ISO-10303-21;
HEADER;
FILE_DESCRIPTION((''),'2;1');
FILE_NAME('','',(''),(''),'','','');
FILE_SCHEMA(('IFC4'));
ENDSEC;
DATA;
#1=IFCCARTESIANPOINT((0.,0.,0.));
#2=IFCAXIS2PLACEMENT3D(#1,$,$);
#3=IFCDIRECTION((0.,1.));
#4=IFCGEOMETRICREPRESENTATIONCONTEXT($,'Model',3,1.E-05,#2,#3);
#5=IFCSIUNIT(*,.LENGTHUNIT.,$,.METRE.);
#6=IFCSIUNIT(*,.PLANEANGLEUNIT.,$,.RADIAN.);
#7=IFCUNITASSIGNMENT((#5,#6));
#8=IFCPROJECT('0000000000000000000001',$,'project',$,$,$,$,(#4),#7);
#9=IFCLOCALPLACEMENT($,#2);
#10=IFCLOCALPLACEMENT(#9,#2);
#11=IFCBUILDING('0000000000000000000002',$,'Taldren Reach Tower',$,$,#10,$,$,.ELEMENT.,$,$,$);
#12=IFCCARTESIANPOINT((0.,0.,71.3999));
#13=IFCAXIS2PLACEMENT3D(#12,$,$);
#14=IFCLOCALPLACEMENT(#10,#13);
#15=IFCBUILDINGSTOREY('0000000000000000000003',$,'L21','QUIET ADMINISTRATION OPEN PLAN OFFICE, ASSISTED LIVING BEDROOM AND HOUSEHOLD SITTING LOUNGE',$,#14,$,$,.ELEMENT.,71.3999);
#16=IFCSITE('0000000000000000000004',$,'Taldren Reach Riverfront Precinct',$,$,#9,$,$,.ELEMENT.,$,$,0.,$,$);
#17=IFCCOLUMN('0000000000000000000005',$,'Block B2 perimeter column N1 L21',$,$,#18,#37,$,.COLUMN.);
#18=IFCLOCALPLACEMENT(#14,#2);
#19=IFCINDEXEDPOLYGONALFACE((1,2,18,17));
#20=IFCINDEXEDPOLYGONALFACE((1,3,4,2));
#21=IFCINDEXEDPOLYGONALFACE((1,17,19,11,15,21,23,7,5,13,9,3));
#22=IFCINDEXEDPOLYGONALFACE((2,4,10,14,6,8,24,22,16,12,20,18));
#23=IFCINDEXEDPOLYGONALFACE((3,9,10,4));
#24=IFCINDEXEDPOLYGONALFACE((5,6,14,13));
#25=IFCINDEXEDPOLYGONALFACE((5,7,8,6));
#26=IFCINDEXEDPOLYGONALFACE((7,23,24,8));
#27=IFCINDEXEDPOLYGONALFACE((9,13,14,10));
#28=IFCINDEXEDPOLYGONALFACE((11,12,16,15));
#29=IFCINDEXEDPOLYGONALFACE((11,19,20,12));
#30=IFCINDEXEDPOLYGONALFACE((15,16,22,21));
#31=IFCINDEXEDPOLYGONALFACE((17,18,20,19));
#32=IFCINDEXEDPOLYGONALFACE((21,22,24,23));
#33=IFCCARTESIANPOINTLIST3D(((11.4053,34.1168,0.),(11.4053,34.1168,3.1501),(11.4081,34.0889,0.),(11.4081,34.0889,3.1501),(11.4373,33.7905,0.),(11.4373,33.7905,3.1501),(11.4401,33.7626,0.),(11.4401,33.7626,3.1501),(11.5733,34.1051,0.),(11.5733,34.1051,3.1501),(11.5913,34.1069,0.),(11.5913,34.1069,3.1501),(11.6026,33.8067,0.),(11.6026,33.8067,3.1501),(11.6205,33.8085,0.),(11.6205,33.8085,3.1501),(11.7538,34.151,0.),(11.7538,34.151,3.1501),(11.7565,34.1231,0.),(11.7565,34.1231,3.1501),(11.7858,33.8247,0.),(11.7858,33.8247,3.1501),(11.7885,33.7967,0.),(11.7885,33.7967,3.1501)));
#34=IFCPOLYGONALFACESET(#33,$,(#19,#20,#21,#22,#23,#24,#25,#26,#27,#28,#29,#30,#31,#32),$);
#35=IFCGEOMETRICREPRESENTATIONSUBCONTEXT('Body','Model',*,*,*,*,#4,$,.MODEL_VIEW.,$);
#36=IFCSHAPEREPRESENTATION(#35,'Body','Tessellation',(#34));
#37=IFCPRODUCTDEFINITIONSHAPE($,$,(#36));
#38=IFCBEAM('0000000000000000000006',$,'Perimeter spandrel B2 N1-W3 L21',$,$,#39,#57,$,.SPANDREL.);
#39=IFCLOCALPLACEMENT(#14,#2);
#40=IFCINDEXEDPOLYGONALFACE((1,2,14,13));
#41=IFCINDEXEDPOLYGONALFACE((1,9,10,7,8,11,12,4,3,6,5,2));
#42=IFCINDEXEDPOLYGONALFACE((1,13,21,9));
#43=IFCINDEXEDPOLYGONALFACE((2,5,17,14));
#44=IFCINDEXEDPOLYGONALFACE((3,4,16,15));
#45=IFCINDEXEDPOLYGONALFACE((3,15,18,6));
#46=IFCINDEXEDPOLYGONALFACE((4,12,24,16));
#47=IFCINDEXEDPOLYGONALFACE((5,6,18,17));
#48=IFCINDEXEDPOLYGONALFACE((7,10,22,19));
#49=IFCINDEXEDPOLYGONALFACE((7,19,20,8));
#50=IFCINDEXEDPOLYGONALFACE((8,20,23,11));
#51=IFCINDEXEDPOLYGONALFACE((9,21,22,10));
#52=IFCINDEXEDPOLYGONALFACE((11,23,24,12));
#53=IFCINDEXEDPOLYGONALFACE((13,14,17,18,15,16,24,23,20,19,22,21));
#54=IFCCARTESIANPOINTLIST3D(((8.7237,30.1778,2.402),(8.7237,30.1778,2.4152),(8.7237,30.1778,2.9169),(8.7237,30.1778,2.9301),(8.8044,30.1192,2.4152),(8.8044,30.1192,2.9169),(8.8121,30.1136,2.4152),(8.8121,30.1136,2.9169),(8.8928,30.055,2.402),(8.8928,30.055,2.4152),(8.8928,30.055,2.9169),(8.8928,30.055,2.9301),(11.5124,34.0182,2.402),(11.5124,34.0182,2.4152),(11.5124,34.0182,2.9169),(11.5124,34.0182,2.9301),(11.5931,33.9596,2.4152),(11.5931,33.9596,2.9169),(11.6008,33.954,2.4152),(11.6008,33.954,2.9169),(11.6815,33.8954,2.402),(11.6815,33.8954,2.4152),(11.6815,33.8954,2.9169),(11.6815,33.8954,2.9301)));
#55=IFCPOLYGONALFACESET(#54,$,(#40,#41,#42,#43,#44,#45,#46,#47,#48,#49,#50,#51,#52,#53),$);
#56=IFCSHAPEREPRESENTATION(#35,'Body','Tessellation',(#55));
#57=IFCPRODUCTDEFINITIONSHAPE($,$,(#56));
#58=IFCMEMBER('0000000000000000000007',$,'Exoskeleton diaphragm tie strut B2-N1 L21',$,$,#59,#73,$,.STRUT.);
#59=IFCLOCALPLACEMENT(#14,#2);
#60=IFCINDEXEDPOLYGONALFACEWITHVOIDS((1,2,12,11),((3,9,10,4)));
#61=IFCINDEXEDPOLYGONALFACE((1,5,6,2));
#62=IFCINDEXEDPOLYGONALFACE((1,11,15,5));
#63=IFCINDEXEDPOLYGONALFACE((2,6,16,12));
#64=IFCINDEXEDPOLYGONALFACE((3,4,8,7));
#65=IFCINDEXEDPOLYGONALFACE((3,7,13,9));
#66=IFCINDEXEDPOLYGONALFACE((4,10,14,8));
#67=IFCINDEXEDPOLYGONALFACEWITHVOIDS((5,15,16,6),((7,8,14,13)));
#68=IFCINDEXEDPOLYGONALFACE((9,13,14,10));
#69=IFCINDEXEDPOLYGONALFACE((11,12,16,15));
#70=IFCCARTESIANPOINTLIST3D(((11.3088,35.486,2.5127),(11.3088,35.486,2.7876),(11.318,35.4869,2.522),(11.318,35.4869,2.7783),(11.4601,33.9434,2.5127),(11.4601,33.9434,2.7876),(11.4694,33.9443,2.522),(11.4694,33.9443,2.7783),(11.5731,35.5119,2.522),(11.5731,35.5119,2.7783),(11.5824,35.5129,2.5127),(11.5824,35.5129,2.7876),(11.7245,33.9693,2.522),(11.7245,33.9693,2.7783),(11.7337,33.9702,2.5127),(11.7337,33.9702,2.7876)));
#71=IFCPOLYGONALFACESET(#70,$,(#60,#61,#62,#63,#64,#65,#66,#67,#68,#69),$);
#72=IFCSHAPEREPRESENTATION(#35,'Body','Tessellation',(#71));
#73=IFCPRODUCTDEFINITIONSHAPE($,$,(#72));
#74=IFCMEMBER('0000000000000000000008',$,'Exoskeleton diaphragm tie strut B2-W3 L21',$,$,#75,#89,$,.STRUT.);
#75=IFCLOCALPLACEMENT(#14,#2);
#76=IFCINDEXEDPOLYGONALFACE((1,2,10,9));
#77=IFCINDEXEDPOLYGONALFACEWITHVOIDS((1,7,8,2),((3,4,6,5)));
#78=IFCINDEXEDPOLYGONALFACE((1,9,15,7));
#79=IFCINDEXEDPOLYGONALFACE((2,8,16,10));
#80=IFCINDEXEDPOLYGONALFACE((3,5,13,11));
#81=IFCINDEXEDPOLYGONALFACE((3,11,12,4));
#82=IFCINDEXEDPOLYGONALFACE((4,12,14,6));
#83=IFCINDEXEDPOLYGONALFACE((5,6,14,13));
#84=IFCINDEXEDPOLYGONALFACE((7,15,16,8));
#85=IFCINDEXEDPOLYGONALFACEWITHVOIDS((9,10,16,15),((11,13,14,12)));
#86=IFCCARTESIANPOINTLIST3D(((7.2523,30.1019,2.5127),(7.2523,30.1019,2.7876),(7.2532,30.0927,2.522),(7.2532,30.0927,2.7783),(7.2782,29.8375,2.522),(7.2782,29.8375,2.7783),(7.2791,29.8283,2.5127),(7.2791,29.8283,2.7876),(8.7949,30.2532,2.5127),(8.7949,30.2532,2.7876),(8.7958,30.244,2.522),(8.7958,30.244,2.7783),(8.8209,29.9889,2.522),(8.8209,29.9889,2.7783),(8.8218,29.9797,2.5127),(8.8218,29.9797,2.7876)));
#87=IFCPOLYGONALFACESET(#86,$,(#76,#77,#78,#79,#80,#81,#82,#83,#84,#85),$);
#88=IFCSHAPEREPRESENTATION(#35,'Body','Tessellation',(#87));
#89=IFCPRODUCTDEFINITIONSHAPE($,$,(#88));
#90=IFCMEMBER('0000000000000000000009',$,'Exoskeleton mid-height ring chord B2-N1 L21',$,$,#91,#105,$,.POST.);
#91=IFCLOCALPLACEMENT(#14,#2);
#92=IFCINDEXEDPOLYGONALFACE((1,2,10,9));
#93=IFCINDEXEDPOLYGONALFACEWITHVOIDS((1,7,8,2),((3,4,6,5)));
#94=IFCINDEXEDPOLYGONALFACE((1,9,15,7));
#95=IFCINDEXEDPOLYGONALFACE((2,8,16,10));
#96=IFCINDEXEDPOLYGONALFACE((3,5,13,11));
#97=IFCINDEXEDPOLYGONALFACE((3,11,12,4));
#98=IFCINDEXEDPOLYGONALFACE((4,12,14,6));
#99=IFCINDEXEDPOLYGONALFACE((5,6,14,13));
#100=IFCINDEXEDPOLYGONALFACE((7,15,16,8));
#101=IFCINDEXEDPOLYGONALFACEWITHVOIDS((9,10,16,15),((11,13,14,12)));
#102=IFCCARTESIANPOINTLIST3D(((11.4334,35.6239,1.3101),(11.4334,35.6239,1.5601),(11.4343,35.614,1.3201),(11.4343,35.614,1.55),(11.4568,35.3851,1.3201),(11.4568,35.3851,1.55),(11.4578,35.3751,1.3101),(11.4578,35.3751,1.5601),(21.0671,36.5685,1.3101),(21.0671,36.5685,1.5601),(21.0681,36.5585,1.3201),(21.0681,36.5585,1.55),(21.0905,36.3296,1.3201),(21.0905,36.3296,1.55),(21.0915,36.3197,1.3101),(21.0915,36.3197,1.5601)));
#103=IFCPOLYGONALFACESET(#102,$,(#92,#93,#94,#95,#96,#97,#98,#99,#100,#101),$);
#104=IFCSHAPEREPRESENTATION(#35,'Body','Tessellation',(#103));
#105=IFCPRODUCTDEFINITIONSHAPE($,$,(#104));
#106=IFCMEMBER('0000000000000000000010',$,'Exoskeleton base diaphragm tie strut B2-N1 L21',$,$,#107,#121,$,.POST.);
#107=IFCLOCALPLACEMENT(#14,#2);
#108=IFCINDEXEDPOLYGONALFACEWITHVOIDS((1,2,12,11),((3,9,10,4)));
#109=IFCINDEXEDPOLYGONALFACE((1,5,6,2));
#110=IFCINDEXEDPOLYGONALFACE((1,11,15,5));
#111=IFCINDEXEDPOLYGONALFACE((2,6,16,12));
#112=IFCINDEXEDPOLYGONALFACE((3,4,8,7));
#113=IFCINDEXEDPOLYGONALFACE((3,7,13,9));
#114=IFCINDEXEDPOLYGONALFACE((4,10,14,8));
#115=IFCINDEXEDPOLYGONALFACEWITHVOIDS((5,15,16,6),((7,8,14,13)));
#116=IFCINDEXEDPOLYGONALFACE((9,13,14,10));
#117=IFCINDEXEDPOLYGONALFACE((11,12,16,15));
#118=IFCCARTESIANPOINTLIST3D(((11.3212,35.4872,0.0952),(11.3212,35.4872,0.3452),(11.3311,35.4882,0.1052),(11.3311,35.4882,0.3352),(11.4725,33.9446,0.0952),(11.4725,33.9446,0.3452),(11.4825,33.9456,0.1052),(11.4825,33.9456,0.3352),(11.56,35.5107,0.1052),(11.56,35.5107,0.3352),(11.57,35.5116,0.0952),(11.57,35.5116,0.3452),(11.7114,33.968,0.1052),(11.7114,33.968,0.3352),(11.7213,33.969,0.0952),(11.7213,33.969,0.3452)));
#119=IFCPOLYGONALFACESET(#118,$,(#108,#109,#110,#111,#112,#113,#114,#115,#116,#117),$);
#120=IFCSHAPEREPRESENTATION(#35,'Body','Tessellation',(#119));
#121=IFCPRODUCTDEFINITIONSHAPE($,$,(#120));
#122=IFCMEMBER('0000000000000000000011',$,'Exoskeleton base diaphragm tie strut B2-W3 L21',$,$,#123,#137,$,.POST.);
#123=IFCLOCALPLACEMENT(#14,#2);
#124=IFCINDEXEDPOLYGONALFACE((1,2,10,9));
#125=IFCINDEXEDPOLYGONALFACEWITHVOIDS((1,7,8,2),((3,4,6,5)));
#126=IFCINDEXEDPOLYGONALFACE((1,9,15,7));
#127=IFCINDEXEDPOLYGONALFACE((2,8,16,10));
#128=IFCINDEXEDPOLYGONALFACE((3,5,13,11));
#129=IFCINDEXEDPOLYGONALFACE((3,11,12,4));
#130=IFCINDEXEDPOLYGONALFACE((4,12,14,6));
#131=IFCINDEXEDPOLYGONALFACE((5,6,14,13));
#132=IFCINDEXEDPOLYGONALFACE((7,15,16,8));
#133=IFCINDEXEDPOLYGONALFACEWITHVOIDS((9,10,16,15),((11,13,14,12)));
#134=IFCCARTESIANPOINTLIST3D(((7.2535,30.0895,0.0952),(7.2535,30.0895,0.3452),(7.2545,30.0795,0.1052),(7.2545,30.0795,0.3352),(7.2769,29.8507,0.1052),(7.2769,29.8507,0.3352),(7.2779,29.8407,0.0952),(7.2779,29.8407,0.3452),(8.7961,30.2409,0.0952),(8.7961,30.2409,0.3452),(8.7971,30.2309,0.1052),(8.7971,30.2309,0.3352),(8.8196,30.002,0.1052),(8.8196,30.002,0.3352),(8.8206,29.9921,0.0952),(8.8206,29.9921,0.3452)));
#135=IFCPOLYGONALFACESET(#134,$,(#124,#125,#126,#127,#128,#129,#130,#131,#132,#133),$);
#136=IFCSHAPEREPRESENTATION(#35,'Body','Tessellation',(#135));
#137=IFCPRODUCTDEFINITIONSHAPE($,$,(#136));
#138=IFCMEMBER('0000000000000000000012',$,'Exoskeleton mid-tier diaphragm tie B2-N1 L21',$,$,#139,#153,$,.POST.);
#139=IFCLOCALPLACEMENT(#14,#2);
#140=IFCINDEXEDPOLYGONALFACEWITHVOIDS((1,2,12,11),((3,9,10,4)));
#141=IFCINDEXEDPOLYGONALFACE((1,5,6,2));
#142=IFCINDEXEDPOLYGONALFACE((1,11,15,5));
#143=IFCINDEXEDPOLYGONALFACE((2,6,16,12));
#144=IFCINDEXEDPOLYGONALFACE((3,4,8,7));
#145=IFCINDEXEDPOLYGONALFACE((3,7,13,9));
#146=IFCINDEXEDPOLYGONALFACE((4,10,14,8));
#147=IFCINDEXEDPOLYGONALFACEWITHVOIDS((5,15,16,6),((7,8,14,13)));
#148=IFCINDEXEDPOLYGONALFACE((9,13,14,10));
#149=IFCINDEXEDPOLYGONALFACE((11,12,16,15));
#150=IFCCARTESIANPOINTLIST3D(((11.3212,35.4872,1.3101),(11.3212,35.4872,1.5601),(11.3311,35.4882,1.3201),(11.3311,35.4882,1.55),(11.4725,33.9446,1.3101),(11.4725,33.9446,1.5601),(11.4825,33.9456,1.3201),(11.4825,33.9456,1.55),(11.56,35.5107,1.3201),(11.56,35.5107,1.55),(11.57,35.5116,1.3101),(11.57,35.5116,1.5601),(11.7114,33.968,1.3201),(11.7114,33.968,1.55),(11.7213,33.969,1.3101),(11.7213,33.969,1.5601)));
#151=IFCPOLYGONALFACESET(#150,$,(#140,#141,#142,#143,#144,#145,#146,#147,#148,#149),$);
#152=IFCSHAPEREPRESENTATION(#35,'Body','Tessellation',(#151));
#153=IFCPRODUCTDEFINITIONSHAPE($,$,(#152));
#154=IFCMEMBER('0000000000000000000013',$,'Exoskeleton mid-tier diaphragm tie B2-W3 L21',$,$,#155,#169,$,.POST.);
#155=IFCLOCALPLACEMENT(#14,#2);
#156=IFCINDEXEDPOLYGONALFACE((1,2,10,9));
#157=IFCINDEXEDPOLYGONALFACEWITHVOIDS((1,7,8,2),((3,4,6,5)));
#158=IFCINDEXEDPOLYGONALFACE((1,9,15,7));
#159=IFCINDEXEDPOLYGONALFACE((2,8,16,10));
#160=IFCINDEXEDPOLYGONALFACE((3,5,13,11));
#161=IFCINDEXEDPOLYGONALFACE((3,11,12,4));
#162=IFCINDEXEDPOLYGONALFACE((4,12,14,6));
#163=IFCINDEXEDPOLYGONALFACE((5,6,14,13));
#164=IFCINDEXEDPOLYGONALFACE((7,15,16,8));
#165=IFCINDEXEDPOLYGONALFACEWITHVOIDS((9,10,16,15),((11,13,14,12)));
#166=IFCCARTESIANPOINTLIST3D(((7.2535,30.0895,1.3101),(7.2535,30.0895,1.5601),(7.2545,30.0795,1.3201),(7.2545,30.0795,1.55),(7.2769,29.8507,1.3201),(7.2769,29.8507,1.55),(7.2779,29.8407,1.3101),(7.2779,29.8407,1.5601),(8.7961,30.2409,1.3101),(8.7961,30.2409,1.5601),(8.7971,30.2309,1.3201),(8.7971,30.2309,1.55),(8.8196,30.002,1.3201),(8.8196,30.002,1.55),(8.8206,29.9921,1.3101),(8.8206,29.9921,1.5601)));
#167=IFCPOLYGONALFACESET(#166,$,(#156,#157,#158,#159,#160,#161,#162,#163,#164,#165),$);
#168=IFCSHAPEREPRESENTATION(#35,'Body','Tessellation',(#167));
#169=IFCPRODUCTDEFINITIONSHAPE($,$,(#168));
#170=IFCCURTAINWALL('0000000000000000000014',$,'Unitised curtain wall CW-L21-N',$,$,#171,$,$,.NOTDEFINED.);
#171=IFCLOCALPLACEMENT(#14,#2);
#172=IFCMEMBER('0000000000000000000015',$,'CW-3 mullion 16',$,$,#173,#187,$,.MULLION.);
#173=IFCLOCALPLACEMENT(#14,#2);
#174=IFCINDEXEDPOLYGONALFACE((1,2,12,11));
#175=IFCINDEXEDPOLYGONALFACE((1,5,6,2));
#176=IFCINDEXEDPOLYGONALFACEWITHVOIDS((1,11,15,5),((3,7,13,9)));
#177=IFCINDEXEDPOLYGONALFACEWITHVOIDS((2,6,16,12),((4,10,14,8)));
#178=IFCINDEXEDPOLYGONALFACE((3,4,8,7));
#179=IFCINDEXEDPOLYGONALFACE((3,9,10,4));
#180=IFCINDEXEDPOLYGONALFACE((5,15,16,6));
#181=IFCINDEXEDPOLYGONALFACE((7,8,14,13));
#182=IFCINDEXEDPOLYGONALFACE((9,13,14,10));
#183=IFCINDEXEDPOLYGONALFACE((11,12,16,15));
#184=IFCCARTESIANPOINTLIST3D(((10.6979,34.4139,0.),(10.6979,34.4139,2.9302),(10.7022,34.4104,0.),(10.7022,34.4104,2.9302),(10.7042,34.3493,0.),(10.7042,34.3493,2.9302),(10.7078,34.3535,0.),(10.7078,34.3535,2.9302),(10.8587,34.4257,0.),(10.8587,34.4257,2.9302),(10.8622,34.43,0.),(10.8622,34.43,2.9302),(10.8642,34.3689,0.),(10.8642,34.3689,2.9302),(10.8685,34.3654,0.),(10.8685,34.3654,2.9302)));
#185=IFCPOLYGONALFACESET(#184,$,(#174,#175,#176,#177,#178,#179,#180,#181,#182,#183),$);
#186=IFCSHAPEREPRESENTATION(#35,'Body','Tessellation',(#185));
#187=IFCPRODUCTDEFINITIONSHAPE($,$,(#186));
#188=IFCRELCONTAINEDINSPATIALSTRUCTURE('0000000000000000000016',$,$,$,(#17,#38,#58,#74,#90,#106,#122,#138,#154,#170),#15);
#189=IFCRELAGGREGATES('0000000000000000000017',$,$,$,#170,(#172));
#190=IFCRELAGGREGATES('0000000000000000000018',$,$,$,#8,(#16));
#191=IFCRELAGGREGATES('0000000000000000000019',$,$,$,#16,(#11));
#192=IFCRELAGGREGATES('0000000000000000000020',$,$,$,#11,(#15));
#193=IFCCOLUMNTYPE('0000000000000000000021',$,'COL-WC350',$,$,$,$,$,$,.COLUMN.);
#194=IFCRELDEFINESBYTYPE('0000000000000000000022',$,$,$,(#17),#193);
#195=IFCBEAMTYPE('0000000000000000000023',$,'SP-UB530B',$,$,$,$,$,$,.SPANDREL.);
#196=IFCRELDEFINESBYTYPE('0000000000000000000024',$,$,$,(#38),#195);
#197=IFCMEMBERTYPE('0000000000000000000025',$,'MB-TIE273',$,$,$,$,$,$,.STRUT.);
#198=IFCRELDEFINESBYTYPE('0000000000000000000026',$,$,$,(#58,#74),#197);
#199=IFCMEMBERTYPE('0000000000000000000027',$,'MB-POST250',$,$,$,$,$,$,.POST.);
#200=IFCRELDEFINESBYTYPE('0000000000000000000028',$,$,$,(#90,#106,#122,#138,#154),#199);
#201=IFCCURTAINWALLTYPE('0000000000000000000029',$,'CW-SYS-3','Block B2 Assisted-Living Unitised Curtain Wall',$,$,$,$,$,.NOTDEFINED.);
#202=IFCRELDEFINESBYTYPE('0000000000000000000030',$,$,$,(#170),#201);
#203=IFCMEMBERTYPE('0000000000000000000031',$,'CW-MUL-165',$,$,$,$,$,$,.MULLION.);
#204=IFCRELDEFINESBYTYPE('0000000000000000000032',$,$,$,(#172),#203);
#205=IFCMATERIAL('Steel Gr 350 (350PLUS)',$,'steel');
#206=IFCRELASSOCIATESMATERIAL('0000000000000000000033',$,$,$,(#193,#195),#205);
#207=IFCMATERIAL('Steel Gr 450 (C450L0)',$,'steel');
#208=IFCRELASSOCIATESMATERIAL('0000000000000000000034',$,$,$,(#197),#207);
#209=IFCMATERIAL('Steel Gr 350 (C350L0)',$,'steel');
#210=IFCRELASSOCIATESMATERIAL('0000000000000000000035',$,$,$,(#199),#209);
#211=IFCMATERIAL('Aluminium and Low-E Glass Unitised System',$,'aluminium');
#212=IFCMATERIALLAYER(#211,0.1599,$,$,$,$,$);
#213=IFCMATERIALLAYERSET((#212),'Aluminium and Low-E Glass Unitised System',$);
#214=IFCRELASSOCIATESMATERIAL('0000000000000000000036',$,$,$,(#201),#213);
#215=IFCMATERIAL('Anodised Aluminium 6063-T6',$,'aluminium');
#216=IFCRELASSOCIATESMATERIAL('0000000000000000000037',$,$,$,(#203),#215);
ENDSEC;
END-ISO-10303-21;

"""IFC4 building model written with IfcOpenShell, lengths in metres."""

from ifc_helpers import new_model, si_unit, direction, frame, origin, origin_2d, place, context, subcontext, project, spatial, hollow_rectangle, i_section, extrude, source, transform, mapped, material, layer, layer_set, material_profile, profile_set, type_object, element, aggregate, save


model = new_model("IFC4")

# Units and contexts
model_context = context("Model", 3, precision=1e-05, world=origin(), true_north=direction((0.0, 1.0)))
body_context = subcontext(model_context, "Body", "Model", "MODEL_VIEW")
ifc_project = project(units=[si_unit("LENGTHUNIT", "METRE"), si_unit("PLANEANGLEUNIT", "RADIAN")], contexts=[model_context])

# Site, building, storey
site_placement = place(None, origin())
site = spatial("IfcSite", under=ifc_project, at=site_placement, Name="Taldren Reach Riverfront Precinct", CompositionType="ELEMENT", RefElevation=0.0)
building_placement = place(site_placement, origin())
building = spatial("IfcBuilding", under=site, at=building_placement, Name="Taldren Reach Tower", CompositionType="ELEMENT")
storey_placement = place(building_placement, frame((0.0, 0.0, 71.3999)))
storey = spatial("IfcBuildingStorey", under=building, at=storey_placement, Name="L21", Description="QUIET ADMINISTRATION OPEN PLAN OFFICE, ASSISTED LIVING BEDROOM AND HOUSEHOLD SITTING LOUNGE", CompositionType="ELEMENT", Elevation=71.3999)

# Column
ifc_material_1 = material(Name="Steel Gr 350 (350PLUS)", Category="steel")
ifc_material_profile_1 = material_profile(ifc_material_1, i_section(OverallWidth=0.3501, OverallDepth=0.356, WebThickness=0.0181, FlangeThickness=0.0281, at=origin_2d()), Name="350WC197")
ifc_profile_set_1 = profile_set([ifc_material_profile_1], Name="Steel Gr 350 (350PLUS)")
column_type = type_object("IfcColumnType", Name="COL-WC350", PredefinedType="COLUMN", material=ifc_profile_set_1)
shared_shape_1 = source(origin(), body_context, "Body", "SweptSolid", [
    extrude(i_section(OverallWidth=0.3501, OverallDepth=0.356, WebThickness=0.0181, FlangeThickness=0.0281, at=origin_2d()), origin(), (0.0, 0.0, 1.0), 3.1501),
])
column_placement = place(storey_placement, frame((11.5969, 33.9568, 0.0), z_axis=(0.0, 0.0, 1.0), x_axis=(0.995227, 0.097583, 0.0)))
element("IfcColumn", 1, at=column_placement, inside=storey, type_object=column_type, Name="Block B2 perimeter column N1 L21", PredefinedType="COLUMN", context=body_context, shape_type="MappedRepresentation", body=[
    mapped(shared_shape_1, transform((0.0, 0.0, 0.0), scale=1.0)),
])

# Beam
ifc_material_profile_2 = material_profile(ifc_material_1, i_section(OverallWidth=0.209, OverallDepth=0.5281, WebThickness=0.0095, FlangeThickness=0.0132, at=origin_2d()), Name="530UB82.0")
ifc_profile_set_2 = profile_set([ifc_material_profile_2], Name="Steel Gr 350 (350PLUS)")
beam_type = type_object("IfcBeamType", Name="SP-UB530B", PredefinedType="SPANDREL", material=ifc_profile_set_2)
shared_shape_2 = source(origin(), body_context, "Body", "SweptSolid", [
    extrude(i_section(OverallWidth=0.209, OverallDepth=0.5281, WebThickness=0.0095, FlangeThickness=0.0132, at=origin_2d()), origin(), (0.0, 0.0, 1.0), 4.7461),
])
beam_placement = place(storey_placement, frame((11.5969, 33.9568, 2.666), z_axis=(-0.587566, -0.809176, 0.0), x_axis=(0.809176, -0.587566, 0.0)))
element("IfcBeam", 2, at=beam_placement, inside=storey, type_object=beam_type, Name="Perimeter spandrel B2 N1-W3 L21", PredefinedType="SPANDREL", context=body_context, shape_type="MappedRepresentation", body=[
    mapped(shared_shape_2, transform((0.0, 0.0, 0.0), scale=1.0)),
])

# Members
ifc_material_2 = material(Name="Steel Gr 450 (C450L0)", Category="steel")
ifc_material_profile_3 = material_profile(ifc_material_2, hollow_rectangle(XDim=0.2749, YDim=0.2749, WallThickness=0.0093, at=origin_2d()), Name="275x275x9.3SHS")
ifc_profile_set_3 = profile_set([ifc_material_profile_3], Name="Steel Gr 450 (C450L0)")
member_type_1 = type_object("IfcMemberType", Name="MB-TIE273", PredefinedType="STRUT", material=ifc_profile_set_3)
shared_shape_3 = source(origin(), body_context, "Body", "SweptSolid", [
    extrude(hollow_rectangle(XDim=0.2749, YDim=0.2749, WallThickness=0.0093, at=origin_2d()), origin(), (0.0, 0.0, 1.0), 1.55),
])
for number, where, z_axis, x_axis, name in (
    (3, (11.5969, 33.9568, 2.6501), (-0.097648, 0.995221, 0.0), (-0.995221, -0.097648, 0.0), "Exoskeleton diaphragm tie strut B2-N1 L21"),
    (4, (8.8083, 30.1165, 2.6501), (-0.995221, -0.097648, 0.0), (0.097648, -0.995221, 0.0), "Exoskeleton diaphragm tie strut B2-W3 L21"),
):
    element("IfcMember", number, at=place(storey_placement, frame(where, z_axis=z_axis, x_axis=x_axis)), inside=storey, type_object=member_type_1, Name=name, PredefinedType="STRUT", context=body_context, shape_type="MappedRepresentation", body=[
        mapped(shared_shape_3, transform((0.0, 0.0, 0.0), scale=1.0)),
    ])
ifc_material_3 = material(Name="Steel Gr 350 (C350L0)", Category="steel")
ifc_material_profile_4 = material_profile(ifc_material_3, hollow_rectangle(XDim=0.25, YDim=0.25, WallThickness=0.01, at=origin_2d()), Name="250x250x10.0SHS")
ifc_profile_set_4 = profile_set([ifc_material_profile_4], Name="Steel Gr 350 (C350L0)")
member_type_2 = type_object("IfcMemberType", Name="MB-POST250", PredefinedType="POST", material=ifc_profile_set_4)
shared_shape_4 = source(origin(), body_context, "Body", "SweptSolid", [
    extrude(hollow_rectangle(XDim=0.25, YDim=0.25, WallThickness=0.01, at=origin_2d()), origin(), (0.0, 0.0, 1.0), 9.6799),
])
member_1_placement = place(storey_placement, frame((11.4456, 35.4995, 1.4351), z_axis=(0.995228, 0.097581, 0.0), x_axis=(-0.097581, 0.995228, 0.0)))
element("IfcMember", 5, at=member_1_placement, inside=storey, type_object=member_type_2, Name="Exoskeleton mid-height ring chord B2-N1 L21", PredefinedType="POST", context=body_context, shape_type="MappedRepresentation", body=[
    mapped(shared_shape_4, transform((0.0, 0.0, 0.0), scale=1.0)),
])
shared_shape_5 = source(origin(), body_context, "Body", "SweptSolid", [
    extrude(hollow_rectangle(XDim=0.25, YDim=0.25, WallThickness=0.01, at=origin_2d()), origin(), (0.0, 0.0, 1.0), 1.55),
])
for number, where, z_axis, x_axis, name in (
    (6, (11.5969, 33.9568, 0.2202), (-0.097648, 0.995221, 0.0), (-0.995221, -0.097648, 0.0), "Exoskeleton base diaphragm tie strut B2-N1 L21"),
    (7, (8.8083, 30.1165, 0.2202), (-0.995221, -0.097648, 0.0), (0.097648, -0.995221, 0.0), "Exoskeleton base diaphragm tie strut B2-W3 L21"),
    (8, (11.5969, 33.9568, 1.4351), (-0.097648, 0.995221, 0.0), (-0.995221, -0.097648, 0.0), "Exoskeleton mid-tier diaphragm tie B2-N1 L21"),
    (9, (8.8083, 30.1165, 1.4351), (-0.995221, -0.097648, 0.0), (0.097648, -0.995221, 0.0), "Exoskeleton mid-tier diaphragm tie B2-W3 L21"),
):
    element("IfcMember", number, at=place(storey_placement, frame(where, z_axis=z_axis, x_axis=x_axis)), inside=storey, type_object=member_type_2, Name=name, PredefinedType="POST", context=body_context, shape_type="MappedRepresentation", body=[
        mapped(shared_shape_5, transform((0.0, 0.0, 0.0), scale=1.0)),
    ])

# Curtain wall, member
ifc_material_4 = material(Name="Aluminium and Low-E Glass Unitised System", Category="aluminium")
ifc_layer_1 = layer(ifc_material_4, 0.1599)
ifc_layer_set_1 = layer_set([ifc_layer_1], Name="Aluminium and Low-E Glass Unitised System")
curtain_wall_type = type_object("IfcCurtainWallType", Name="CW-SYS-3", Description="Block B2 Assisted-Living Unitised Curtain Wall", PredefinedType="NOTDEFINED", material=ifc_layer_set_1)
curtain_wall_1_placement = place(storey_placement, origin())
curtain_wall_1 = element("IfcCurtainWall", 10, at=curtain_wall_1_placement, inside=storey, type_object=curtain_wall_type, Name="Unitised curtain wall CW-L21-N", PredefinedType="NOTDEFINED")
ifc_material_5 = material(Name="Anodised Aluminium 6063-T6", Category="aluminium")
ifc_material_profile_5 = material_profile(ifc_material_5, hollow_rectangle(XDim=0.0649, YDim=0.165, WallThickness=0.0039, at=origin_2d()), Name="ALU-165x65x4RHS")
ifc_profile_set_5 = profile_set([ifc_material_profile_5], Name="Anodised Aluminium 6063-T6")
member_type_3 = type_object("IfcMemberType", Name="CW-MUL-165", PredefinedType="MULLION", material=ifc_profile_set_5)
shared_shape_6 = source(origin(), body_context, "Body", "SweptSolid", [
    extrude(hollow_rectangle(XDim=0.0649, YDim=0.165, WallThickness=0.0039, at=origin_2d()), origin(), (0.0, 0.0, 1.0), 2.9302),
])
member_2_placement = place(storey_placement, frame((10.7832, 34.3896, 0.0), z_axis=(0.0, 0.0, 1.0), x_axis=(0.097583, -0.995227, 0.0)))
member_2 = element("IfcMember", 11, at=member_2_placement, type_object=member_type_3, Name="CW-3 mullion 16", PredefinedType="MULLION", context=body_context, shape_type="MappedRepresentation", body=[
    mapped(shared_shape_6, transform((0.0, 0.0, 0.0), scale=1.0)),
])

aggregate(curtain_wall_1, [member_2])

save(model, "model.ifc")
